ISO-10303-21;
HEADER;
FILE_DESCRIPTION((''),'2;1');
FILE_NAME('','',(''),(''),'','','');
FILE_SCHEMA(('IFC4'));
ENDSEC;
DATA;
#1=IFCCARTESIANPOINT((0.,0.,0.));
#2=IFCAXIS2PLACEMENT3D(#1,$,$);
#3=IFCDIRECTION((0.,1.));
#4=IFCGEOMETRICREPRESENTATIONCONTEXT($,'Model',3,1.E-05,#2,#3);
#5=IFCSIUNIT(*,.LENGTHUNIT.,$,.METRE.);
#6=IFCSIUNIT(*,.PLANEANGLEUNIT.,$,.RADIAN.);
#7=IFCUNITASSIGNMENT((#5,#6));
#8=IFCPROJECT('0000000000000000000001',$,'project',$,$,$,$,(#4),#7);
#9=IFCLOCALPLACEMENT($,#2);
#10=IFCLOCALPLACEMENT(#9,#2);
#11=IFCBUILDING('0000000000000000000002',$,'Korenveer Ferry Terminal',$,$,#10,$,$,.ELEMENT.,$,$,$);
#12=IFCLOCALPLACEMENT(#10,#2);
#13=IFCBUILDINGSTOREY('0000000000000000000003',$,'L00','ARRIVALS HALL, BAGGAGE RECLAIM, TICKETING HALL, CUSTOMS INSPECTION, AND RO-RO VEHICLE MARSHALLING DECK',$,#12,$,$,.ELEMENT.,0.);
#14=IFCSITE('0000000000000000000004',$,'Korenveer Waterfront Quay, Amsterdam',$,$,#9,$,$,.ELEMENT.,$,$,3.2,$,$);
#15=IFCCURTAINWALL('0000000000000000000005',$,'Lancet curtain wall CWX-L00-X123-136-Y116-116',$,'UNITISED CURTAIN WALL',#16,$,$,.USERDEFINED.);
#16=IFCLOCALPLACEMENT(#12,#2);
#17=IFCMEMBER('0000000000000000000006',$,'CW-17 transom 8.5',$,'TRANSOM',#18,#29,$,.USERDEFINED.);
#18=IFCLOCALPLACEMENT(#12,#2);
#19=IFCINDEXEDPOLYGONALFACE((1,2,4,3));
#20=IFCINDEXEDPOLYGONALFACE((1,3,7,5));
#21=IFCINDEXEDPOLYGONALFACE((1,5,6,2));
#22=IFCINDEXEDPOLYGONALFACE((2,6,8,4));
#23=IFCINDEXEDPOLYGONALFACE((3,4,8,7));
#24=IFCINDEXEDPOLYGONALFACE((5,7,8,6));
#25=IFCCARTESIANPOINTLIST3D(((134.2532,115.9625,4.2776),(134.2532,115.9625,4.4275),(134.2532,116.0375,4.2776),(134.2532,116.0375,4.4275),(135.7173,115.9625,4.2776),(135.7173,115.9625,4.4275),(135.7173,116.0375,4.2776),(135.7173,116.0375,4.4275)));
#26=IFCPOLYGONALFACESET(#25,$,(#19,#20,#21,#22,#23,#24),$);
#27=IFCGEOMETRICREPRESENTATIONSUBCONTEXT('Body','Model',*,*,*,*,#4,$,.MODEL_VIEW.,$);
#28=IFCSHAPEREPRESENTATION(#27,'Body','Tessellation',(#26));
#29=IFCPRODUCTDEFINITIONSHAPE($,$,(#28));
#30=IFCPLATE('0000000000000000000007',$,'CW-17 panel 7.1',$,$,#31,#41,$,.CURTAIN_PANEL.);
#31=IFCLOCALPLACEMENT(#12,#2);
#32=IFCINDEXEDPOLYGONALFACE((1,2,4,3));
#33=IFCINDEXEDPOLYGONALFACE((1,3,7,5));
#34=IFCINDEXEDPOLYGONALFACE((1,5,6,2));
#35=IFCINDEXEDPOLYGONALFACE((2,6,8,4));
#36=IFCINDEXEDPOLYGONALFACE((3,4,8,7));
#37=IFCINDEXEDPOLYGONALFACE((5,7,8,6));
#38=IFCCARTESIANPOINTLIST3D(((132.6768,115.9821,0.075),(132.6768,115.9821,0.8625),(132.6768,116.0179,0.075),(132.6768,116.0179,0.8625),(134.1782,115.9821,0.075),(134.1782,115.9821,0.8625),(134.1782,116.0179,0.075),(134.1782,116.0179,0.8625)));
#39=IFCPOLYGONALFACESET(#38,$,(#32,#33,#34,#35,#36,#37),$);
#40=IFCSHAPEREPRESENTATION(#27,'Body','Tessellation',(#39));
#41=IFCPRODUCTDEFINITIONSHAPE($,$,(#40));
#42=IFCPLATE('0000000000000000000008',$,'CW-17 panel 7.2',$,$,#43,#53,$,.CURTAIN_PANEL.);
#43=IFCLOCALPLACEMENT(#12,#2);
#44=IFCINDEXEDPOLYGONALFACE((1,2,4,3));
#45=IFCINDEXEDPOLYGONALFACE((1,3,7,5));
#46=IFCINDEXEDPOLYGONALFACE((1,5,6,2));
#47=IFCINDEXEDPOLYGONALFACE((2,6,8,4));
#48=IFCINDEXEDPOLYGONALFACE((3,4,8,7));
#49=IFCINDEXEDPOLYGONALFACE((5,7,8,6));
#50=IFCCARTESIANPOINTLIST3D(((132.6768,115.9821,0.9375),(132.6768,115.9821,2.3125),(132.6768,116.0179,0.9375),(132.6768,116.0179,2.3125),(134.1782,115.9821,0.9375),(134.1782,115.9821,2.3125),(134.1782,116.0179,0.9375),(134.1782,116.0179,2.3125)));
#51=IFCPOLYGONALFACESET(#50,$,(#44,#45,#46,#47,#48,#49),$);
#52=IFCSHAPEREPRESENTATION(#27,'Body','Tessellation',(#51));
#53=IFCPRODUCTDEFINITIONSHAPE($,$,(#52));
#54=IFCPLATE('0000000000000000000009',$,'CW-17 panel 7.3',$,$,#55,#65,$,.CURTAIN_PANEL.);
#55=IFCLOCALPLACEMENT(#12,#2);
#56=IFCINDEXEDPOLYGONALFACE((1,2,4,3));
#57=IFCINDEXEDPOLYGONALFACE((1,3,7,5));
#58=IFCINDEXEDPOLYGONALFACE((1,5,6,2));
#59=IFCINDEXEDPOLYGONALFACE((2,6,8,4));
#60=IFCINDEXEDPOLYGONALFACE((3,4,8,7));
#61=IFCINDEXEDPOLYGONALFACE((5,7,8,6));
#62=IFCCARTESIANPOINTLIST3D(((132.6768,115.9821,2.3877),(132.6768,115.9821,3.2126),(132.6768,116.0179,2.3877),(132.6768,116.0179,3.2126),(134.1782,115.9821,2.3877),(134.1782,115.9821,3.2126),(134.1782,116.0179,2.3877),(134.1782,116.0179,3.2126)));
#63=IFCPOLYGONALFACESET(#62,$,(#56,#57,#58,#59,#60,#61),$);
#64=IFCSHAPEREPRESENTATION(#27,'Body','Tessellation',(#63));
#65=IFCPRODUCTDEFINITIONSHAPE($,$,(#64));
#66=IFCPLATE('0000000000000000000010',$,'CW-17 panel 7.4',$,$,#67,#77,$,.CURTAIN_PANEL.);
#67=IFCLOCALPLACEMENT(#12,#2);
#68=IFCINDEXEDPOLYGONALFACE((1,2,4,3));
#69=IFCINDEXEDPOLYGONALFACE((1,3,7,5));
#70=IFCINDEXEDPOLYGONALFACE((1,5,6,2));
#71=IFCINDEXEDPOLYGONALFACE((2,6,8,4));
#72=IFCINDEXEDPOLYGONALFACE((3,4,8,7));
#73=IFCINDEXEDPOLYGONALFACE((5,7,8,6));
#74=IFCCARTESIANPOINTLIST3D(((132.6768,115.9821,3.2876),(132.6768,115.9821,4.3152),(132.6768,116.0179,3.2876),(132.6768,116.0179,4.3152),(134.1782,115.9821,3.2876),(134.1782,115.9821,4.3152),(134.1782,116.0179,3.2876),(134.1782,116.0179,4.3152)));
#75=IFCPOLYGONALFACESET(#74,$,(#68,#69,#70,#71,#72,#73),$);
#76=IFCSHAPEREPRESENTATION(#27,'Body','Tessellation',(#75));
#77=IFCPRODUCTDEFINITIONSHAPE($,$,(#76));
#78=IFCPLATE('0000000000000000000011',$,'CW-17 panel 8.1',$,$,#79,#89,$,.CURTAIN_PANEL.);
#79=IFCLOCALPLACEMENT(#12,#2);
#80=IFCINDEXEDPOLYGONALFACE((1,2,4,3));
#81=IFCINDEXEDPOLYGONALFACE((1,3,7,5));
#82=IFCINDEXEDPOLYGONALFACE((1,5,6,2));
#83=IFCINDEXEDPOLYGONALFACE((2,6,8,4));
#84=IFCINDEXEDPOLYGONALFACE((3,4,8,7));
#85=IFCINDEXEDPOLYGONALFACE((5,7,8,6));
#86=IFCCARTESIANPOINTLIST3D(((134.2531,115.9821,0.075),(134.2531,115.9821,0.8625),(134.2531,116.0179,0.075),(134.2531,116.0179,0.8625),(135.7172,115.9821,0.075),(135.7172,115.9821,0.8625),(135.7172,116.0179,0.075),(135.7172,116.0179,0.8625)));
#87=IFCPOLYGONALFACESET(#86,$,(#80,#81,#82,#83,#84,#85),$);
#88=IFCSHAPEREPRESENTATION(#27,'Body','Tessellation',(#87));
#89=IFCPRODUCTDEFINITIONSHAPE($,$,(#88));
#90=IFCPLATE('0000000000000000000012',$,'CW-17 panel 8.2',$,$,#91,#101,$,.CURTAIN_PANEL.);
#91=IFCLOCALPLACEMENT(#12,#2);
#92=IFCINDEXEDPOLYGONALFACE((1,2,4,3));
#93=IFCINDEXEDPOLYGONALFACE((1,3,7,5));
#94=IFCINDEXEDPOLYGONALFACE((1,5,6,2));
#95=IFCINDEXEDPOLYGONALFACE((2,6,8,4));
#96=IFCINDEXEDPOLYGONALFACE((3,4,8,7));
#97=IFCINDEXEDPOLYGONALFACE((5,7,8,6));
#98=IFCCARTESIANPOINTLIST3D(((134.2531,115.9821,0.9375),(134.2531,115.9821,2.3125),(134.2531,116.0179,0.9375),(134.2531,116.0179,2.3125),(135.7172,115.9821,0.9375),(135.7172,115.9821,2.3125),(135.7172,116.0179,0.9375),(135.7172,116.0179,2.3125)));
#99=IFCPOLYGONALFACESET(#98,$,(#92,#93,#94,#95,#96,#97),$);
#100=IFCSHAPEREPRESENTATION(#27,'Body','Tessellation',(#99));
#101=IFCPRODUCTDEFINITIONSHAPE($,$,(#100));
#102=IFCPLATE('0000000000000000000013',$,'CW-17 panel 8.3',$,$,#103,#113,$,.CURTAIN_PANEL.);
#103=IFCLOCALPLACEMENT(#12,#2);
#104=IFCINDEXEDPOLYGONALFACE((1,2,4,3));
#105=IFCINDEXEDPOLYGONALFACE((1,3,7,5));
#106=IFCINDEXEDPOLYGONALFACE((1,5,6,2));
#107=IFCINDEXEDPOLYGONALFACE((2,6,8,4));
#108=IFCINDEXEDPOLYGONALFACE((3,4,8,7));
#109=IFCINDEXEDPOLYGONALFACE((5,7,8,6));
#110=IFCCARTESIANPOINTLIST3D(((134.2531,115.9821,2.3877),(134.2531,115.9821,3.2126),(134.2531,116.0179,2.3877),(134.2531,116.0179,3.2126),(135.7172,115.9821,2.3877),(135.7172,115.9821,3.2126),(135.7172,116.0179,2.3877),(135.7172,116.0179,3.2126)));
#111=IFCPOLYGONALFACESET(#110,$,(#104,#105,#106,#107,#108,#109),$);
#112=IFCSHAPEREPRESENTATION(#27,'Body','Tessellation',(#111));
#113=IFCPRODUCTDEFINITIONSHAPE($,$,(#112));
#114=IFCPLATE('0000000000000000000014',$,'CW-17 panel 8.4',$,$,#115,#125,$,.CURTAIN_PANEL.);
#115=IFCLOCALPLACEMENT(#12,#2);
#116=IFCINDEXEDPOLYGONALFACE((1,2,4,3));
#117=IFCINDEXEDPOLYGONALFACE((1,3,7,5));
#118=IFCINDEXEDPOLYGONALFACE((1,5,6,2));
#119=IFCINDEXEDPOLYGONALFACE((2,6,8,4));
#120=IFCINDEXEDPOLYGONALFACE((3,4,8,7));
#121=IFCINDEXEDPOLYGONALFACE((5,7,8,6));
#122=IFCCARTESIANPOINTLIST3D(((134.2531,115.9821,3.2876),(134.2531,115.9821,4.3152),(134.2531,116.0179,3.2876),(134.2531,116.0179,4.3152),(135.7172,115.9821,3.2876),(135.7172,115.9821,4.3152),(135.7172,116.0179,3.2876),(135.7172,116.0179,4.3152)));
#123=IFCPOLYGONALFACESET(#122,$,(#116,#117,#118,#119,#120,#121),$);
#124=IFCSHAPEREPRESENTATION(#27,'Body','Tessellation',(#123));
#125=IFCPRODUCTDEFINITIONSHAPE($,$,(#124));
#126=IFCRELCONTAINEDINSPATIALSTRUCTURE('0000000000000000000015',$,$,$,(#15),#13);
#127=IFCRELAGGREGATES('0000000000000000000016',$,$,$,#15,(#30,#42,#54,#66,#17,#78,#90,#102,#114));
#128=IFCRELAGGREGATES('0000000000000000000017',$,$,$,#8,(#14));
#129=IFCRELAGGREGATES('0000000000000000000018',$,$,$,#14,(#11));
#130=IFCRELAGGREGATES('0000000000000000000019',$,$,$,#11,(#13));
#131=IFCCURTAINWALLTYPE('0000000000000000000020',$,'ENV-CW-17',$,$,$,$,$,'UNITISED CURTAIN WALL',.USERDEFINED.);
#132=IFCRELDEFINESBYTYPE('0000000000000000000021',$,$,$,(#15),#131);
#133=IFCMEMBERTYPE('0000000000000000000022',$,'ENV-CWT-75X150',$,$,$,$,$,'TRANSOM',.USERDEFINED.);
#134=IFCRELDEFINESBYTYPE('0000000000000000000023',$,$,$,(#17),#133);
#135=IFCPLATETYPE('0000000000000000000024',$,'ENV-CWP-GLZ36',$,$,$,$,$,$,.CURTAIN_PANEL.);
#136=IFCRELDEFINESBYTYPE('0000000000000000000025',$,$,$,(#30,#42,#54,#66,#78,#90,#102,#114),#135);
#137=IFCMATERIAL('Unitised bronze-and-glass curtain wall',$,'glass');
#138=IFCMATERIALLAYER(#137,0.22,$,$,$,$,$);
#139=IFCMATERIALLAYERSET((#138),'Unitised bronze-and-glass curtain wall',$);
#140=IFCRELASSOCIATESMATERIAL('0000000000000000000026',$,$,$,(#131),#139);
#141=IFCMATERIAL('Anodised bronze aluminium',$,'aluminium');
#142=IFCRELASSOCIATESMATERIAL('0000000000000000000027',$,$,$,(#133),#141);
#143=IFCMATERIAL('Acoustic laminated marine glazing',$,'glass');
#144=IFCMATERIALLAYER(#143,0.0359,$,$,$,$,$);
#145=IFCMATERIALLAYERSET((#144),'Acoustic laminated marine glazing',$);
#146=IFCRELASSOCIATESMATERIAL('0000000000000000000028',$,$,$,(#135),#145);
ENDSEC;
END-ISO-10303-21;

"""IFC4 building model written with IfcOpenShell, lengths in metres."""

from ifc_helpers import new_model, si_unit, direction, frame, origin, origin_2d, place, context, subcontext, project, spatial, rectangle, extrude, material, layer, layer_set, material_profile, profile_set, type_object, element, aggregate, save


model = new_model("IFC4")

# Units and contexts
model_context = context("Model", 3, precision=1e-05, world=origin(), true_north=direction((0.0, 1.0)))
body_context = subcontext(model_context, "Body", "Model", "MODEL_VIEW")
ifc_project = project(units=[si_unit("LENGTHUNIT", "METRE"), si_unit("PLANEANGLEUNIT", "RADIAN")], contexts=[model_context])

# Site, building, storey
site_placement = place(None, origin())
site = spatial("IfcSite", under=ifc_project, at=site_placement, Name="Korenveer Waterfront Quay, Amsterdam", CompositionType="ELEMENT", RefElevation=3.2)
building_placement = place(site_placement, origin())
building = spatial("IfcBuilding", under=site, at=building_placement, Name="Korenveer Ferry Terminal", CompositionType="ELEMENT")
storey_placement = place(building_placement, origin())
storey = spatial("IfcBuildingStorey", under=building, at=storey_placement, Name="L00", Description="ARRIVALS HALL, BAGGAGE RECLAIM, TICKETING HALL, CUSTOMS INSPECTION, AND RO-RO VEHICLE MARSHALLING DECK", CompositionType="ELEMENT", Elevation=0.0)

# Curtain wall, member, plates
ifc_material_1 = material(Name="Unitised bronze-and-glass curtain wall", Category="glass")
ifc_layer_1 = layer(ifc_material_1, 0.22)
ifc_layer_set_1 = layer_set([ifc_layer_1], Name="Unitised bronze-and-glass curtain wall")
curtain_wall_type = type_object("IfcCurtainWallType", Name="ENV-CW-17", ElementType="UNITISED CURTAIN WALL", PredefinedType="USERDEFINED", material=ifc_layer_set_1)
curtain_wall_placement = place(storey_placement, frame((123.1799, 116.0, 0.0)))
curtain_wall = element("IfcCurtainWall", 1, at=curtain_wall_placement, inside=storey, type_object=curtain_wall_type, Name="Lancet curtain wall CWX-L00-X123-136-Y116-116", ObjectType="UNITISED CURTAIN WALL", PredefinedType="USERDEFINED")
ifc_material_2 = material(Name="Anodised bronze aluminium", Category="aluminium")
ifc_material_profile_1 = material_profile(ifc_material_2, rectangle(XDim=0.075, YDim=0.1499, at=origin_2d()), Name="ALU 75x150")
ifc_profile_set_1 = profile_set([ifc_material_profile_1], Name="Anodised bronze aluminium")
member_type_1 = type_object("IfcMemberType", Name="ENV-CWT-75X150", ElementType="TRANSOM", PredefinedType="USERDEFINED", material=ifc_profile_set_1)
member_1_placement = place(storey_placement, frame((134.2532, 116.0, 4.3525), z_axis=(1.0, 0.0, 0.0), x_axis=(0.0, 1.0, 0.0)))
member_1 = element("IfcMember", 2, at=member_1_placement, type_object=member_type_1, Name="CW-17 transom 8.5", ObjectType="TRANSOM", PredefinedType="USERDEFINED", context=body_context, shape_type="SweptSolid", body=[
    extrude(rectangle(XDim=0.075, YDim=0.1499, at=origin_2d()), origin(), (0.0, 0.0, 1.0), 1.4641),
])
ifc_material_3 = material(Name="Acoustic laminated marine glazing", Category="glass")
ifc_layer_2 = layer(ifc_material_3, 0.0359)
ifc_layer_set_2 = layer_set([ifc_layer_2], Name="Acoustic laminated marine glazing")
plate_type = type_object("IfcPlateType", Name="ENV-CWP-GLZ36", PredefinedType="CURTAIN_PANEL", material=ifc_layer_set_2)
plate_1_placement = place(storey_placement, frame((133.4275, 116.0, 0.075), z_axis=(0.0, 0.0, 1.0), x_axis=(1.0, 0.0, 0.0)))
plate_1 = element("IfcPlate", 3, at=plate_1_placement, type_object=plate_type, Name="CW-17 panel 7.1", PredefinedType="CURTAIN_PANEL", context=body_context, shape_type="SweptSolid", body=[
    extrude(rectangle(XDim=1.5015, YDim=0.0359, at=origin_2d()), origin(), (0.0, 0.0, 1.0), 0.7876),
])
plate_2_placement = place(storey_placement, frame((133.4275, 116.0, 0.9375), z_axis=(0.0, 0.0, 1.0), x_axis=(1.0, 0.0, 0.0)))
plate_2 = element("IfcPlate", 4, at=plate_2_placement, type_object=plate_type, Name="CW-17 panel 7.2", PredefinedType="CURTAIN_PANEL", context=body_context, shape_type="SweptSolid", body=[
    extrude(rectangle(XDim=1.5015, YDim=0.0359, at=origin_2d()), origin(), (0.0, 0.0, 1.0), 1.375),
])
plate_3_placement = place(storey_placement, frame((133.4275, 116.0, 2.3877), z_axis=(0.0, 0.0, 1.0), x_axis=(1.0, 0.0, 0.0)))
plate_3 = element("IfcPlate", 5, at=plate_3_placement, type_object=plate_type, Name="CW-17 panel 7.3", PredefinedType="CURTAIN_PANEL", context=body_context, shape_type="SweptSolid", body=[
    extrude(rectangle(XDim=1.5015, YDim=0.0359, at=origin_2d()), origin(), (0.0, 0.0, 1.0), 0.825),
])
plate_4_placement = place(storey_placement, frame((133.4275, 116.0, 3.2876), z_axis=(0.0, 0.0, 1.0), x_axis=(1.0, 0.0, 0.0)))
plate_4 = element("IfcPlate", 6, at=plate_4_placement, type_object=plate_type, Name="CW-17 panel 7.4", PredefinedType="CURTAIN_PANEL", context=body_context, shape_type="SweptSolid", body=[
    extrude(rectangle(XDim=1.5015, YDim=0.0359, at=origin_2d()), origin(), (0.0, 0.0, 1.0), 1.0276),
])
plate_5_placement = place(storey_placement, frame((134.9851, 116.0, 0.075), z_axis=(0.0, 0.0, 1.0), x_axis=(1.0, 0.0, 0.0)))
plate_5 = element("IfcPlate", 7, at=plate_5_placement, type_object=plate_type, Name="CW-17 panel 8.1", PredefinedType="CURTAIN_PANEL", context=body_context, shape_type="SweptSolid", body=[
    extrude(rectangle(XDim=1.4641, YDim=0.0359, at=origin_2d()), origin(), (0.0, 0.0, 1.0), 0.7876),
])
plate_6_placement = place(storey_placement, frame((134.9851, 116.0, 0.9375), z_axis=(0.0, 0.0, 1.0), x_axis=(1.0, 0.0, 0.0)))
plate_6 = element("IfcPlate", 8, at=plate_6_placement, type_object=plate_type, Name="CW-17 panel 8.2", PredefinedType="CURTAIN_PANEL", context=body_context, shape_type="SweptSolid", body=[
    extrude(rectangle(XDim=1.4641, YDim=0.0359, at=origin_2d()), origin(), (0.0, 0.0, 1.0), 1.375),
])
plate_7_placement = place(storey_placement, frame((134.9851, 116.0, 2.3877), z_axis=(0.0, 0.0, 1.0), x_axis=(1.0, 0.0, 0.0)))
plate_7 = element("IfcPlate", 9, at=plate_7_placement, type_object=plate_type, Name="CW-17 panel 8.3", PredefinedType="CURTAIN_PANEL", context=body_context, shape_type="SweptSolid", body=[
    extrude(rectangle(XDim=1.4641, YDim=0.0359, at=origin_2d()), origin(), (0.0, 0.0, 1.0), 0.825),
])
plate_8_placement = place(storey_placement, frame((134.9851, 116.0, 3.2876), z_axis=(0.0, 0.0, 1.0), x_axis=(1.0, 0.0, 0.0)))
plate_8 = element("IfcPlate", 10, at=plate_8_placement, type_object=plate_type, Name="CW-17 panel 8.4", PredefinedType="CURTAIN_PANEL", context=body_context, shape_type="SweptSolid", body=[
    extrude(rectangle(XDim=1.4641, YDim=0.0359, at=origin_2d()), origin(), (0.0, 0.0, 1.0), 1.0276),
])
aggregate(curtain_wall, [plate_1, plate_2, plate_3, plate_4, member_1, plate_5, plate_6, plate_7, plate_8])

save(model, "model.ifc")
